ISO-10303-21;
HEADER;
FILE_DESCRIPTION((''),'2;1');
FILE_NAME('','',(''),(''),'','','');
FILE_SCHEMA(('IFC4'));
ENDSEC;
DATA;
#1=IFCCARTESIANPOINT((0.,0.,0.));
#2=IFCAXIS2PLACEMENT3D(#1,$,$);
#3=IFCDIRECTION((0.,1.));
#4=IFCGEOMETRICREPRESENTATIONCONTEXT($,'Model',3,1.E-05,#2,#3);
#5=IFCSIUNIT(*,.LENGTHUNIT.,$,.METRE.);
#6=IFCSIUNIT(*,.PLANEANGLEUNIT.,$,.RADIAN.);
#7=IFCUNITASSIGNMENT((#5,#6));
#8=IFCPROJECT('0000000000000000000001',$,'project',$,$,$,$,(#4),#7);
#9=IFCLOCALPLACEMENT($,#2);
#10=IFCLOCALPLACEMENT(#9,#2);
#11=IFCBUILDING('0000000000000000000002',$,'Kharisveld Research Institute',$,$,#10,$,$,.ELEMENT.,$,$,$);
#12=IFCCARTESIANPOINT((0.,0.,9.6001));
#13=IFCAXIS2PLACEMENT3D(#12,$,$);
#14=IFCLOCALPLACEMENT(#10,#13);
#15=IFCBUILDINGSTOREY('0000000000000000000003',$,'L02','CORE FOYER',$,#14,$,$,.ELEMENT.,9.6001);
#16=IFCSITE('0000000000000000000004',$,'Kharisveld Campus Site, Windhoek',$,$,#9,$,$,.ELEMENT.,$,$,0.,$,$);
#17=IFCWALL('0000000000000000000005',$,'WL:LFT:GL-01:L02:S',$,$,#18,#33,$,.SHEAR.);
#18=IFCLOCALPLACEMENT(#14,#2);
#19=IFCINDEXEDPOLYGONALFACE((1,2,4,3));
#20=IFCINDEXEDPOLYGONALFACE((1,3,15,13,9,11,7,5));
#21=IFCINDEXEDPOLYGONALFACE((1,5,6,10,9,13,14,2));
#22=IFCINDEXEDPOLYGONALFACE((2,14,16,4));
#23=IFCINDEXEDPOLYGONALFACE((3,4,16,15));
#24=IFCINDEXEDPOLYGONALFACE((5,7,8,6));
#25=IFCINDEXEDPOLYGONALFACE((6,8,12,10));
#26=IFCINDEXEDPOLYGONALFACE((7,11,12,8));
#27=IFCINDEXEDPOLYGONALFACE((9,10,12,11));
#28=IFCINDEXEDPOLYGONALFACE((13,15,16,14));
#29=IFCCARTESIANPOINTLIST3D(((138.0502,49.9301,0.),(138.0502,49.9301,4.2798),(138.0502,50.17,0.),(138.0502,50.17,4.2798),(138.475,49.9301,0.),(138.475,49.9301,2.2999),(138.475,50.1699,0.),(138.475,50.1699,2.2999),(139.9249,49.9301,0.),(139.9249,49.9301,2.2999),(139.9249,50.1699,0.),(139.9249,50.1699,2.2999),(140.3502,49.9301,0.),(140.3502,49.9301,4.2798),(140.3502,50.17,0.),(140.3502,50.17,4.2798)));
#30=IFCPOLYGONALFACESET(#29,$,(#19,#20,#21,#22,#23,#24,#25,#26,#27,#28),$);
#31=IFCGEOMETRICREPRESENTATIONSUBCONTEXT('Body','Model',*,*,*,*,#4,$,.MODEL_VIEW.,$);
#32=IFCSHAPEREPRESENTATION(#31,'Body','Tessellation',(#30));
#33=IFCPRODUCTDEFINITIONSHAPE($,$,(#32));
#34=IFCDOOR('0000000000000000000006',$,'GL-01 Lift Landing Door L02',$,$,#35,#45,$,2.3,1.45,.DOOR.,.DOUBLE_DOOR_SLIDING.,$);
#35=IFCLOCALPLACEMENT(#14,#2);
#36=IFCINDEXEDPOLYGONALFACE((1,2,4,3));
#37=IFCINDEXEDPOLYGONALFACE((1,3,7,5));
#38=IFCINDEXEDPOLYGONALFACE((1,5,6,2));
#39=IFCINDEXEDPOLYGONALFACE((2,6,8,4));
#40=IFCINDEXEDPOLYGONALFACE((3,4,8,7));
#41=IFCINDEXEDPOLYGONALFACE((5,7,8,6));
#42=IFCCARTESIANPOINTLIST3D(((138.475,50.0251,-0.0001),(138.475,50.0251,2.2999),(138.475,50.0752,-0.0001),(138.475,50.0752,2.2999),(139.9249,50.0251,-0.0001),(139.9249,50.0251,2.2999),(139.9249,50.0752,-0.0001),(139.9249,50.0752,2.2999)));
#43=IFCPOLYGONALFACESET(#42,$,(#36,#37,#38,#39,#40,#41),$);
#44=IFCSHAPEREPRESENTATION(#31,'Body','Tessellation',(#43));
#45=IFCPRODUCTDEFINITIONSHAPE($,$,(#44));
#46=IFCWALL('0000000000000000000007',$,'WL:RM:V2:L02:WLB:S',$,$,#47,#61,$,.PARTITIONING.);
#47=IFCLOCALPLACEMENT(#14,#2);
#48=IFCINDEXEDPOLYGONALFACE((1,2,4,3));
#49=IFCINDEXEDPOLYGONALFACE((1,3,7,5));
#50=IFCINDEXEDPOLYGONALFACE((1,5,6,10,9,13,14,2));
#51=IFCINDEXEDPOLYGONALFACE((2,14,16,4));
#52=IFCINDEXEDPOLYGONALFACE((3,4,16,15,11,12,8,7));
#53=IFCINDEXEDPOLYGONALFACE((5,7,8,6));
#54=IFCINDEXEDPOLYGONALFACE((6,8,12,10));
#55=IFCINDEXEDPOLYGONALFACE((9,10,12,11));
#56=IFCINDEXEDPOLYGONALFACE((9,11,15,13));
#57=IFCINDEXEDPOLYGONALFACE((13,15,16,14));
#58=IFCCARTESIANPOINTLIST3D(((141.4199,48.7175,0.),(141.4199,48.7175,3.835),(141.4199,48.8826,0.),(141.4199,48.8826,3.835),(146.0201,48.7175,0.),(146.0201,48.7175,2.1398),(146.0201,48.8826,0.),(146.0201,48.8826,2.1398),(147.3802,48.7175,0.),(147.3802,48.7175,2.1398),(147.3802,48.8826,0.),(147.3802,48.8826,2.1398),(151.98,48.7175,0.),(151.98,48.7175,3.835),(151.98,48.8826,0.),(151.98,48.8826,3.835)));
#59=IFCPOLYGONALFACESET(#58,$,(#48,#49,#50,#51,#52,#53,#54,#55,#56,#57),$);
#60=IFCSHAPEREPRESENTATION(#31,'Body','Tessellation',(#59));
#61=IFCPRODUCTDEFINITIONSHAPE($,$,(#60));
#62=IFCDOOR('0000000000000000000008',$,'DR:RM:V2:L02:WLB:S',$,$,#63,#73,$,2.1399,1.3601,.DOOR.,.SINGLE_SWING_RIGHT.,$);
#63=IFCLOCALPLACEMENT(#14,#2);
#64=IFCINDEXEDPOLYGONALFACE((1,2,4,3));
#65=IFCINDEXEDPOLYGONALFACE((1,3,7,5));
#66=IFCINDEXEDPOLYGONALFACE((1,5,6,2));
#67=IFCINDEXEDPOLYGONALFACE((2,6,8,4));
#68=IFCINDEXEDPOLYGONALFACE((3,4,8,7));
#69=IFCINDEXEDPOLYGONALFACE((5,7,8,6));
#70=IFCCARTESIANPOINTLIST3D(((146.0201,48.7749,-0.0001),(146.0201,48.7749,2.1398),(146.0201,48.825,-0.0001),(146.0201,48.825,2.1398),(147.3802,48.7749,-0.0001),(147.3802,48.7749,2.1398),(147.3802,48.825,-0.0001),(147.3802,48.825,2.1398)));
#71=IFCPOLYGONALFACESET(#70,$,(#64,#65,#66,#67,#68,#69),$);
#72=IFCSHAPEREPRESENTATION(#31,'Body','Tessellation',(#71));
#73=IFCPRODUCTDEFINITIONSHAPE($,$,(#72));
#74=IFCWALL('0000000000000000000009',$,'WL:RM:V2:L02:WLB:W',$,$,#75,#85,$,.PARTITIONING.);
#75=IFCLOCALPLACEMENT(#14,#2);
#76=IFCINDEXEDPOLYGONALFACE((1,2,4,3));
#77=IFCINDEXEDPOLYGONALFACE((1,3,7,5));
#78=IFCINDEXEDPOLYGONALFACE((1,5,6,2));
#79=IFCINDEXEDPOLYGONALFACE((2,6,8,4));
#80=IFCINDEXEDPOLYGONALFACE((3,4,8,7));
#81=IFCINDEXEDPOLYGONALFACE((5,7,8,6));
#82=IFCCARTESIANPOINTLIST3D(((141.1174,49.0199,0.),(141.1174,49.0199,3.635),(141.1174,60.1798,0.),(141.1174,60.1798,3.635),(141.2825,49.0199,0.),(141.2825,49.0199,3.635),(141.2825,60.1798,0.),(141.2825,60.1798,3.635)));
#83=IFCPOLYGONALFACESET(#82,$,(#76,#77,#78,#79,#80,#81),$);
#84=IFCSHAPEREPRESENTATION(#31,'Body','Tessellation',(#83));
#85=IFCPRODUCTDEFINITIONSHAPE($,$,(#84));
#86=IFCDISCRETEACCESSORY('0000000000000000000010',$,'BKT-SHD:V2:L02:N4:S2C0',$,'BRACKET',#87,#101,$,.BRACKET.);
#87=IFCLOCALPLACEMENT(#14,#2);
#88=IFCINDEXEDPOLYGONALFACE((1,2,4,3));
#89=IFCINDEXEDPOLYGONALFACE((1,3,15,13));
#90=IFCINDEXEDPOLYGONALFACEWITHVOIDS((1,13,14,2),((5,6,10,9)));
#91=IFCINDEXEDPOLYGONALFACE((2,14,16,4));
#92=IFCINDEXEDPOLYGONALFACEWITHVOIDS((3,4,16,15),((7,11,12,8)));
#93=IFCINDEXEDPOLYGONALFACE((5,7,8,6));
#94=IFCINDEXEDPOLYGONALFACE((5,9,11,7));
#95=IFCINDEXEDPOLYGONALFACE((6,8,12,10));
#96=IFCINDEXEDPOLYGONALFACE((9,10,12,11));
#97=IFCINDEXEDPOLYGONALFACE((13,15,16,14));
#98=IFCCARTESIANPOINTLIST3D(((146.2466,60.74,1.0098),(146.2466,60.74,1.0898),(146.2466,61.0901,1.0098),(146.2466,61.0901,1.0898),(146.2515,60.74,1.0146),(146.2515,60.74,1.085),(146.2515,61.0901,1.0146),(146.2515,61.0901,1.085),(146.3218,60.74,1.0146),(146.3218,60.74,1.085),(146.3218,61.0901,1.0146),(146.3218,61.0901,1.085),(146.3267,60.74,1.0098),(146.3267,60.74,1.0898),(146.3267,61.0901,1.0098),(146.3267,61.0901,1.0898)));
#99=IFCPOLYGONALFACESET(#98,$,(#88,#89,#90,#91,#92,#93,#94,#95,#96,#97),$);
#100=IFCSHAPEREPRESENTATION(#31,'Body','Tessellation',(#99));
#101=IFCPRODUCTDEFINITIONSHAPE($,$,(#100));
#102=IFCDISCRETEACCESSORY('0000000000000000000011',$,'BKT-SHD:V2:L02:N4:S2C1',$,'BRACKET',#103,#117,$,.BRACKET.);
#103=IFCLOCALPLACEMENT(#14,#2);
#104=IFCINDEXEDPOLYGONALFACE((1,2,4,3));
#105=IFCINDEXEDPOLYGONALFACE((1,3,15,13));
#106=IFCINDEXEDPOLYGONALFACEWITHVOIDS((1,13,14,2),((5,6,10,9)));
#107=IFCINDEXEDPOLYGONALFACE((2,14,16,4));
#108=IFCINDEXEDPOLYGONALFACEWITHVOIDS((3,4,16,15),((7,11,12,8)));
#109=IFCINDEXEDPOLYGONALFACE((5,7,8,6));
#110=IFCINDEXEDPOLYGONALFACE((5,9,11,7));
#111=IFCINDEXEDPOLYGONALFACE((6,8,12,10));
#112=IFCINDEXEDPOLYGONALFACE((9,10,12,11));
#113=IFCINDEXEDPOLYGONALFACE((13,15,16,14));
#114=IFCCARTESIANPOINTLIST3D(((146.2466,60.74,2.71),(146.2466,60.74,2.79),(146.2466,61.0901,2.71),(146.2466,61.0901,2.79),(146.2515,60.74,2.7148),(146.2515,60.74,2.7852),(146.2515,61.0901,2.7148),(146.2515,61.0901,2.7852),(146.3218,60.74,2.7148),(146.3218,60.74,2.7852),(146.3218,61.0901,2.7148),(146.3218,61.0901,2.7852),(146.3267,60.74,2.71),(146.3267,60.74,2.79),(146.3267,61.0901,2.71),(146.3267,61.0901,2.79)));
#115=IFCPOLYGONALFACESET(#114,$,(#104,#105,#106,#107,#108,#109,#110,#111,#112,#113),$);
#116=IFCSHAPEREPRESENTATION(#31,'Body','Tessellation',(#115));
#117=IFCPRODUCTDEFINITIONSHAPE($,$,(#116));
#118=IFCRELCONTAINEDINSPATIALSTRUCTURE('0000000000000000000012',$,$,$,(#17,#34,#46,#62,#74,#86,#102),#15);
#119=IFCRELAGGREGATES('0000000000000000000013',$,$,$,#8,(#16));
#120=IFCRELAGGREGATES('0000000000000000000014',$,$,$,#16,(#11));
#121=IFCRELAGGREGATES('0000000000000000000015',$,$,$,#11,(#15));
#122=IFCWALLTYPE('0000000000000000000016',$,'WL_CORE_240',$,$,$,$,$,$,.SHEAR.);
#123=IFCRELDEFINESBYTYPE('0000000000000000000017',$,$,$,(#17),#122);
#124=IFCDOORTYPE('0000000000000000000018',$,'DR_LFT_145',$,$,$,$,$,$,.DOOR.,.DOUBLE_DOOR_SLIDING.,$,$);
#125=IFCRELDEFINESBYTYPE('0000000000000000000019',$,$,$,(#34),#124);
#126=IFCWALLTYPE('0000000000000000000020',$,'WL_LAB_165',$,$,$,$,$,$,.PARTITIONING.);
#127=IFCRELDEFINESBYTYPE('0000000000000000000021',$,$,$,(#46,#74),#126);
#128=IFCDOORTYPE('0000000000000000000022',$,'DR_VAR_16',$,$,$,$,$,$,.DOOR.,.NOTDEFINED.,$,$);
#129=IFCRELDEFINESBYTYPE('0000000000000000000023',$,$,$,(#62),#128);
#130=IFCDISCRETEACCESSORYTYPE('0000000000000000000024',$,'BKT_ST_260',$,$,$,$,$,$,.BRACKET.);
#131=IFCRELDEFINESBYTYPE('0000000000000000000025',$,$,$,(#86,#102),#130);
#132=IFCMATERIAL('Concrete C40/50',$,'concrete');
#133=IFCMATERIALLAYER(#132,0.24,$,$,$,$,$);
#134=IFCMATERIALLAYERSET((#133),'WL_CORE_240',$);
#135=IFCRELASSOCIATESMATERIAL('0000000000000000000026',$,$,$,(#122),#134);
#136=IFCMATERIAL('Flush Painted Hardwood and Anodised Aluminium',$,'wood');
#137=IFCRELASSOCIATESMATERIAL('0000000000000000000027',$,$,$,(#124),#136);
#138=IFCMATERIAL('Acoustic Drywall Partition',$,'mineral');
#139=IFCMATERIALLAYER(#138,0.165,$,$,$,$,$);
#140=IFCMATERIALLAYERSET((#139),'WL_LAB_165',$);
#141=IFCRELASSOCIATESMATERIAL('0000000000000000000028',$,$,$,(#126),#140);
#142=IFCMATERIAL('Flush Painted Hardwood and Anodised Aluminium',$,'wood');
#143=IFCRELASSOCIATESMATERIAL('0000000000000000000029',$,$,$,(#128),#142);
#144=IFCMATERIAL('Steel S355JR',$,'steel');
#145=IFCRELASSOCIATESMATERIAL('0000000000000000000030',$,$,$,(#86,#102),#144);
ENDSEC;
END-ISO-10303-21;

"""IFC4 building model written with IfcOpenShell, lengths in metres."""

from ifc_helpers import new_model, si_unit, direction, frame, frame_2d, origin, origin_2d, place, context, subcontext, project, spatial, rectangle, hollow_rectangle, extrude, material, layer, layer_set, type_object, element, fill, save


model = new_model("IFC4")

# Units and contexts
model_context = context("Model", 3, precision=1e-05, world=origin(), true_north=direction((0.0, 1.0)))
body_context = subcontext(model_context, "Body", "Model", "MODEL_VIEW")
ifc_project = project(units=[si_unit("LENGTHUNIT", "METRE"), si_unit("PLANEANGLEUNIT", "RADIAN")], contexts=[model_context])

# Site, building, storey
site_placement = place(None, origin())
site = spatial("IfcSite", under=ifc_project, at=site_placement, Name="Kharisveld Campus Site, Windhoek", CompositionType="ELEMENT", RefElevation=0.0)
building_placement = place(site_placement, origin())
building = spatial("IfcBuilding", under=site, at=building_placement, Name="Kharisveld Research Institute", CompositionType="ELEMENT")
storey_placement = place(building_placement, frame((0.0, 0.0, 9.6001)))
storey = spatial("IfcBuildingStorey", under=building, at=storey_placement, Name="L02", Description="CORE FOYER", CompositionType="ELEMENT", Elevation=9.6001)

# Shared definitions
ifc_material_1 = material(Name="Concrete C40/50", Category="concrete")
ifc_layer_1 = layer(ifc_material_1, 0.24)
ifc_layer_set_1 = layer_set([ifc_layer_1], Name="WL_CORE_240")
wall_type_1 = type_object("IfcWallType", Name="WL_CORE_240", PredefinedType="SHEAR", material=ifc_layer_set_1)

# Walls, openings, doors
wall_1_placement = place(storey_placement, frame((140.3501, 50.05, 0.0), z_axis=(0.0, 0.0, 1.0), x_axis=(-1.0, 0.0, 0.0)))
wall_1 = element("IfcWall", 1, at=wall_1_placement, inside=storey, type_object=wall_type_1, Name="WL:LFT:GL-01:L02:S", PredefinedType="SHEAR", context=body_context, shape_type="SweptSolid", body=[
    extrude(rectangle(XDim=2.3, YDim=0.24, at=frame_2d((1.1499, 0.0))), origin(), (0.0, 0.0, 1.0), 4.2798),
])
opening_1_placement = place(wall_1_placement, frame((0.425, 0.0, 0.0)))
opening_1 = element("IfcOpeningElement", 2, at=opening_1_placement, cuts=wall_1, PredefinedType="OPENING", context=body_context, shape_type="SweptSolid", body=[
    extrude(rectangle(XDim=1.45, YDim=2.3, at=frame_2d((0.7251, 1.1499))), frame((0.0, 0.1201, 0.0), z_axis=(0.0, -1.0, 0.0), x_axis=(1.0, 0.0, 0.0)), (0.0, 0.0, 1.0), 0.24),
])
ifc_material_2 = material(Name="Flush Painted Hardwood and Anodised Aluminium", Category="wood")
door_type_1 = type_object("IfcDoorType", Name="DR_LFT_145", OperationType="DOUBLE_DOOR_SLIDING", PredefinedType="DOOR", material=ifc_material_2)
door_1_placement = place(opening_1_placement, origin())
door_1 = element("IfcDoor", 3, at=door_1_placement, inside=storey, type_object=door_type_1, Name="GL-01 Lift Landing Door L02", OperationType="DOUBLE_DOOR_SLIDING", OverallHeight=2.3, OverallWidth=1.45, PredefinedType="DOOR", context=body_context, shape_type="SweptSolid", body=[
    extrude(rectangle(XDim=1.45, YDim=2.3, at=frame_2d((0.7251, 1.1499))), frame((0.0, 0.0249, 0.0), z_axis=(0.0, -1.0, 0.0), x_axis=(1.0, 0.0, 0.0)), (0.0, 0.0, 1.0), 0.05),
])
fill(opening_1, door_1)
ifc_material_3 = material(Name="Acoustic Drywall Partition", Category="mineral")
ifc_layer_2 = layer(ifc_material_3, 0.165)
ifc_layer_set_2 = layer_set([ifc_layer_2], Name="WL_LAB_165")
wall_type_2 = type_object("IfcWallType", Name="WL_LAB_165", PredefinedType="PARTITIONING", material=ifc_layer_set_2)
wall_2_placement = place(storey_placement, frame((141.4199, 48.8, 0.0), z_axis=(0.0, 0.0, 1.0), x_axis=(1.0, 0.0, 0.0)))
wall_2 = element("IfcWall", 4, at=wall_2_placement, inside=storey, type_object=wall_type_2, Name="WL:RM:V2:L02:WLB:S", PredefinedType="PARTITIONING", context=body_context, shape_type="SweptSolid", body=[
    extrude(rectangle(XDim=10.5601, YDim=0.165, at=frame_2d((5.28, 0.0))), origin(), (0.0, 0.0, 1.0), 3.835),
])
opening_2_placement = place(wall_2_placement, frame((4.6001, 0.0, 0.0)))
opening_2 = element("IfcOpeningElement", 5, at=opening_2_placement, cuts=wall_2, PredefinedType="OPENING", context=body_context, shape_type="SweptSolid", body=[
    extrude(rectangle(XDim=1.3601, YDim=2.1399, at=frame_2d((0.6802, 1.0698))), frame((0.0, 0.0825, 0.0), z_axis=(0.0, -1.0, 0.0), x_axis=(1.0, 0.0, 0.0)), (0.0, 0.0, 1.0), 0.165),
])
ifc_material_4 = material(Name="Flush Painted Hardwood and Anodised Aluminium", Category="wood")
door_type_2 = type_object("IfcDoorType", Name="DR_VAR_16", OperationType="NOTDEFINED", PredefinedType="DOOR", material=ifc_material_4)
door_2_placement = place(opening_2_placement, origin())
door_2 = element("IfcDoor", 6, at=door_2_placement, inside=storey, type_object=door_type_2, Name="DR:RM:V2:L02:WLB:S", OperationType="SINGLE_SWING_RIGHT", OverallHeight=2.1399, OverallWidth=1.3601, PredefinedType="DOOR", context=body_context, shape_type="SweptSolid", body=[
    extrude(rectangle(XDim=1.3601, YDim=2.1399, at=frame_2d((0.6802, 1.0698))), frame((0.0, 0.0249, 0.0), z_axis=(0.0, -1.0, 0.0), x_axis=(1.0, 0.0, 0.0)), (0.0, 0.0, 1.0), 0.05),
])
fill(opening_2, door_2)

# Wall
wall_3_placement = place(storey_placement, frame((141.2, 60.1799, 0.0), z_axis=(0.0, 0.0, 1.0), x_axis=(0.0, -1.0, 0.0)))
element("IfcWall", 7, at=wall_3_placement, inside=storey, type_object=wall_type_2, Name="WL:RM:V2:L02:WLB:W", PredefinedType="PARTITIONING", context=body_context, shape_type="SweptSolid", body=[
    extrude(rectangle(XDim=11.1599, YDim=0.165, at=frame_2d((5.5801, 0.0))), origin(), (0.0, 0.0, 1.0), 3.635),
])

# Discrete accessories
ifc_material_5 = material(Name="Steel S355JR", Category="steel")
discrete_accessory_type = type_object("IfcDiscreteAccessoryType", Name="BKT_ST_260", PredefinedType="BRACKET")
for number, where, z_axis, x_axis, name in (
    (8, (146.2866, 60.74, 1.0498), (0.0, 1.0, 0.0), (-1.0, 0.0, 0.0), "BKT-SHD:V2:L02:N4:S2C0"),
    (9, (146.2866, 60.74, 2.75), (0.0, 1.0, 0.0), (-1.0, 0.0, 0.0), "BKT-SHD:V2:L02:N4:S2C1"),
):
    element("IfcDiscreteAccessory", number, at=place(storey_placement, frame(where, z_axis=z_axis, x_axis=x_axis)), inside=storey, type_object=discrete_accessory_type, material=ifc_material_5, Name=name, ObjectType="BRACKET", PredefinedType="BRACKET", context=body_context, shape_type="SweptSolid", body=[
        extrude(hollow_rectangle(XDim=0.0801, YDim=0.0801, WallThickness=0.0049, at=origin_2d()), origin(), (0.0, 0.0, 1.0), 0.3501),
    ])

save(model, "model.ifc")
